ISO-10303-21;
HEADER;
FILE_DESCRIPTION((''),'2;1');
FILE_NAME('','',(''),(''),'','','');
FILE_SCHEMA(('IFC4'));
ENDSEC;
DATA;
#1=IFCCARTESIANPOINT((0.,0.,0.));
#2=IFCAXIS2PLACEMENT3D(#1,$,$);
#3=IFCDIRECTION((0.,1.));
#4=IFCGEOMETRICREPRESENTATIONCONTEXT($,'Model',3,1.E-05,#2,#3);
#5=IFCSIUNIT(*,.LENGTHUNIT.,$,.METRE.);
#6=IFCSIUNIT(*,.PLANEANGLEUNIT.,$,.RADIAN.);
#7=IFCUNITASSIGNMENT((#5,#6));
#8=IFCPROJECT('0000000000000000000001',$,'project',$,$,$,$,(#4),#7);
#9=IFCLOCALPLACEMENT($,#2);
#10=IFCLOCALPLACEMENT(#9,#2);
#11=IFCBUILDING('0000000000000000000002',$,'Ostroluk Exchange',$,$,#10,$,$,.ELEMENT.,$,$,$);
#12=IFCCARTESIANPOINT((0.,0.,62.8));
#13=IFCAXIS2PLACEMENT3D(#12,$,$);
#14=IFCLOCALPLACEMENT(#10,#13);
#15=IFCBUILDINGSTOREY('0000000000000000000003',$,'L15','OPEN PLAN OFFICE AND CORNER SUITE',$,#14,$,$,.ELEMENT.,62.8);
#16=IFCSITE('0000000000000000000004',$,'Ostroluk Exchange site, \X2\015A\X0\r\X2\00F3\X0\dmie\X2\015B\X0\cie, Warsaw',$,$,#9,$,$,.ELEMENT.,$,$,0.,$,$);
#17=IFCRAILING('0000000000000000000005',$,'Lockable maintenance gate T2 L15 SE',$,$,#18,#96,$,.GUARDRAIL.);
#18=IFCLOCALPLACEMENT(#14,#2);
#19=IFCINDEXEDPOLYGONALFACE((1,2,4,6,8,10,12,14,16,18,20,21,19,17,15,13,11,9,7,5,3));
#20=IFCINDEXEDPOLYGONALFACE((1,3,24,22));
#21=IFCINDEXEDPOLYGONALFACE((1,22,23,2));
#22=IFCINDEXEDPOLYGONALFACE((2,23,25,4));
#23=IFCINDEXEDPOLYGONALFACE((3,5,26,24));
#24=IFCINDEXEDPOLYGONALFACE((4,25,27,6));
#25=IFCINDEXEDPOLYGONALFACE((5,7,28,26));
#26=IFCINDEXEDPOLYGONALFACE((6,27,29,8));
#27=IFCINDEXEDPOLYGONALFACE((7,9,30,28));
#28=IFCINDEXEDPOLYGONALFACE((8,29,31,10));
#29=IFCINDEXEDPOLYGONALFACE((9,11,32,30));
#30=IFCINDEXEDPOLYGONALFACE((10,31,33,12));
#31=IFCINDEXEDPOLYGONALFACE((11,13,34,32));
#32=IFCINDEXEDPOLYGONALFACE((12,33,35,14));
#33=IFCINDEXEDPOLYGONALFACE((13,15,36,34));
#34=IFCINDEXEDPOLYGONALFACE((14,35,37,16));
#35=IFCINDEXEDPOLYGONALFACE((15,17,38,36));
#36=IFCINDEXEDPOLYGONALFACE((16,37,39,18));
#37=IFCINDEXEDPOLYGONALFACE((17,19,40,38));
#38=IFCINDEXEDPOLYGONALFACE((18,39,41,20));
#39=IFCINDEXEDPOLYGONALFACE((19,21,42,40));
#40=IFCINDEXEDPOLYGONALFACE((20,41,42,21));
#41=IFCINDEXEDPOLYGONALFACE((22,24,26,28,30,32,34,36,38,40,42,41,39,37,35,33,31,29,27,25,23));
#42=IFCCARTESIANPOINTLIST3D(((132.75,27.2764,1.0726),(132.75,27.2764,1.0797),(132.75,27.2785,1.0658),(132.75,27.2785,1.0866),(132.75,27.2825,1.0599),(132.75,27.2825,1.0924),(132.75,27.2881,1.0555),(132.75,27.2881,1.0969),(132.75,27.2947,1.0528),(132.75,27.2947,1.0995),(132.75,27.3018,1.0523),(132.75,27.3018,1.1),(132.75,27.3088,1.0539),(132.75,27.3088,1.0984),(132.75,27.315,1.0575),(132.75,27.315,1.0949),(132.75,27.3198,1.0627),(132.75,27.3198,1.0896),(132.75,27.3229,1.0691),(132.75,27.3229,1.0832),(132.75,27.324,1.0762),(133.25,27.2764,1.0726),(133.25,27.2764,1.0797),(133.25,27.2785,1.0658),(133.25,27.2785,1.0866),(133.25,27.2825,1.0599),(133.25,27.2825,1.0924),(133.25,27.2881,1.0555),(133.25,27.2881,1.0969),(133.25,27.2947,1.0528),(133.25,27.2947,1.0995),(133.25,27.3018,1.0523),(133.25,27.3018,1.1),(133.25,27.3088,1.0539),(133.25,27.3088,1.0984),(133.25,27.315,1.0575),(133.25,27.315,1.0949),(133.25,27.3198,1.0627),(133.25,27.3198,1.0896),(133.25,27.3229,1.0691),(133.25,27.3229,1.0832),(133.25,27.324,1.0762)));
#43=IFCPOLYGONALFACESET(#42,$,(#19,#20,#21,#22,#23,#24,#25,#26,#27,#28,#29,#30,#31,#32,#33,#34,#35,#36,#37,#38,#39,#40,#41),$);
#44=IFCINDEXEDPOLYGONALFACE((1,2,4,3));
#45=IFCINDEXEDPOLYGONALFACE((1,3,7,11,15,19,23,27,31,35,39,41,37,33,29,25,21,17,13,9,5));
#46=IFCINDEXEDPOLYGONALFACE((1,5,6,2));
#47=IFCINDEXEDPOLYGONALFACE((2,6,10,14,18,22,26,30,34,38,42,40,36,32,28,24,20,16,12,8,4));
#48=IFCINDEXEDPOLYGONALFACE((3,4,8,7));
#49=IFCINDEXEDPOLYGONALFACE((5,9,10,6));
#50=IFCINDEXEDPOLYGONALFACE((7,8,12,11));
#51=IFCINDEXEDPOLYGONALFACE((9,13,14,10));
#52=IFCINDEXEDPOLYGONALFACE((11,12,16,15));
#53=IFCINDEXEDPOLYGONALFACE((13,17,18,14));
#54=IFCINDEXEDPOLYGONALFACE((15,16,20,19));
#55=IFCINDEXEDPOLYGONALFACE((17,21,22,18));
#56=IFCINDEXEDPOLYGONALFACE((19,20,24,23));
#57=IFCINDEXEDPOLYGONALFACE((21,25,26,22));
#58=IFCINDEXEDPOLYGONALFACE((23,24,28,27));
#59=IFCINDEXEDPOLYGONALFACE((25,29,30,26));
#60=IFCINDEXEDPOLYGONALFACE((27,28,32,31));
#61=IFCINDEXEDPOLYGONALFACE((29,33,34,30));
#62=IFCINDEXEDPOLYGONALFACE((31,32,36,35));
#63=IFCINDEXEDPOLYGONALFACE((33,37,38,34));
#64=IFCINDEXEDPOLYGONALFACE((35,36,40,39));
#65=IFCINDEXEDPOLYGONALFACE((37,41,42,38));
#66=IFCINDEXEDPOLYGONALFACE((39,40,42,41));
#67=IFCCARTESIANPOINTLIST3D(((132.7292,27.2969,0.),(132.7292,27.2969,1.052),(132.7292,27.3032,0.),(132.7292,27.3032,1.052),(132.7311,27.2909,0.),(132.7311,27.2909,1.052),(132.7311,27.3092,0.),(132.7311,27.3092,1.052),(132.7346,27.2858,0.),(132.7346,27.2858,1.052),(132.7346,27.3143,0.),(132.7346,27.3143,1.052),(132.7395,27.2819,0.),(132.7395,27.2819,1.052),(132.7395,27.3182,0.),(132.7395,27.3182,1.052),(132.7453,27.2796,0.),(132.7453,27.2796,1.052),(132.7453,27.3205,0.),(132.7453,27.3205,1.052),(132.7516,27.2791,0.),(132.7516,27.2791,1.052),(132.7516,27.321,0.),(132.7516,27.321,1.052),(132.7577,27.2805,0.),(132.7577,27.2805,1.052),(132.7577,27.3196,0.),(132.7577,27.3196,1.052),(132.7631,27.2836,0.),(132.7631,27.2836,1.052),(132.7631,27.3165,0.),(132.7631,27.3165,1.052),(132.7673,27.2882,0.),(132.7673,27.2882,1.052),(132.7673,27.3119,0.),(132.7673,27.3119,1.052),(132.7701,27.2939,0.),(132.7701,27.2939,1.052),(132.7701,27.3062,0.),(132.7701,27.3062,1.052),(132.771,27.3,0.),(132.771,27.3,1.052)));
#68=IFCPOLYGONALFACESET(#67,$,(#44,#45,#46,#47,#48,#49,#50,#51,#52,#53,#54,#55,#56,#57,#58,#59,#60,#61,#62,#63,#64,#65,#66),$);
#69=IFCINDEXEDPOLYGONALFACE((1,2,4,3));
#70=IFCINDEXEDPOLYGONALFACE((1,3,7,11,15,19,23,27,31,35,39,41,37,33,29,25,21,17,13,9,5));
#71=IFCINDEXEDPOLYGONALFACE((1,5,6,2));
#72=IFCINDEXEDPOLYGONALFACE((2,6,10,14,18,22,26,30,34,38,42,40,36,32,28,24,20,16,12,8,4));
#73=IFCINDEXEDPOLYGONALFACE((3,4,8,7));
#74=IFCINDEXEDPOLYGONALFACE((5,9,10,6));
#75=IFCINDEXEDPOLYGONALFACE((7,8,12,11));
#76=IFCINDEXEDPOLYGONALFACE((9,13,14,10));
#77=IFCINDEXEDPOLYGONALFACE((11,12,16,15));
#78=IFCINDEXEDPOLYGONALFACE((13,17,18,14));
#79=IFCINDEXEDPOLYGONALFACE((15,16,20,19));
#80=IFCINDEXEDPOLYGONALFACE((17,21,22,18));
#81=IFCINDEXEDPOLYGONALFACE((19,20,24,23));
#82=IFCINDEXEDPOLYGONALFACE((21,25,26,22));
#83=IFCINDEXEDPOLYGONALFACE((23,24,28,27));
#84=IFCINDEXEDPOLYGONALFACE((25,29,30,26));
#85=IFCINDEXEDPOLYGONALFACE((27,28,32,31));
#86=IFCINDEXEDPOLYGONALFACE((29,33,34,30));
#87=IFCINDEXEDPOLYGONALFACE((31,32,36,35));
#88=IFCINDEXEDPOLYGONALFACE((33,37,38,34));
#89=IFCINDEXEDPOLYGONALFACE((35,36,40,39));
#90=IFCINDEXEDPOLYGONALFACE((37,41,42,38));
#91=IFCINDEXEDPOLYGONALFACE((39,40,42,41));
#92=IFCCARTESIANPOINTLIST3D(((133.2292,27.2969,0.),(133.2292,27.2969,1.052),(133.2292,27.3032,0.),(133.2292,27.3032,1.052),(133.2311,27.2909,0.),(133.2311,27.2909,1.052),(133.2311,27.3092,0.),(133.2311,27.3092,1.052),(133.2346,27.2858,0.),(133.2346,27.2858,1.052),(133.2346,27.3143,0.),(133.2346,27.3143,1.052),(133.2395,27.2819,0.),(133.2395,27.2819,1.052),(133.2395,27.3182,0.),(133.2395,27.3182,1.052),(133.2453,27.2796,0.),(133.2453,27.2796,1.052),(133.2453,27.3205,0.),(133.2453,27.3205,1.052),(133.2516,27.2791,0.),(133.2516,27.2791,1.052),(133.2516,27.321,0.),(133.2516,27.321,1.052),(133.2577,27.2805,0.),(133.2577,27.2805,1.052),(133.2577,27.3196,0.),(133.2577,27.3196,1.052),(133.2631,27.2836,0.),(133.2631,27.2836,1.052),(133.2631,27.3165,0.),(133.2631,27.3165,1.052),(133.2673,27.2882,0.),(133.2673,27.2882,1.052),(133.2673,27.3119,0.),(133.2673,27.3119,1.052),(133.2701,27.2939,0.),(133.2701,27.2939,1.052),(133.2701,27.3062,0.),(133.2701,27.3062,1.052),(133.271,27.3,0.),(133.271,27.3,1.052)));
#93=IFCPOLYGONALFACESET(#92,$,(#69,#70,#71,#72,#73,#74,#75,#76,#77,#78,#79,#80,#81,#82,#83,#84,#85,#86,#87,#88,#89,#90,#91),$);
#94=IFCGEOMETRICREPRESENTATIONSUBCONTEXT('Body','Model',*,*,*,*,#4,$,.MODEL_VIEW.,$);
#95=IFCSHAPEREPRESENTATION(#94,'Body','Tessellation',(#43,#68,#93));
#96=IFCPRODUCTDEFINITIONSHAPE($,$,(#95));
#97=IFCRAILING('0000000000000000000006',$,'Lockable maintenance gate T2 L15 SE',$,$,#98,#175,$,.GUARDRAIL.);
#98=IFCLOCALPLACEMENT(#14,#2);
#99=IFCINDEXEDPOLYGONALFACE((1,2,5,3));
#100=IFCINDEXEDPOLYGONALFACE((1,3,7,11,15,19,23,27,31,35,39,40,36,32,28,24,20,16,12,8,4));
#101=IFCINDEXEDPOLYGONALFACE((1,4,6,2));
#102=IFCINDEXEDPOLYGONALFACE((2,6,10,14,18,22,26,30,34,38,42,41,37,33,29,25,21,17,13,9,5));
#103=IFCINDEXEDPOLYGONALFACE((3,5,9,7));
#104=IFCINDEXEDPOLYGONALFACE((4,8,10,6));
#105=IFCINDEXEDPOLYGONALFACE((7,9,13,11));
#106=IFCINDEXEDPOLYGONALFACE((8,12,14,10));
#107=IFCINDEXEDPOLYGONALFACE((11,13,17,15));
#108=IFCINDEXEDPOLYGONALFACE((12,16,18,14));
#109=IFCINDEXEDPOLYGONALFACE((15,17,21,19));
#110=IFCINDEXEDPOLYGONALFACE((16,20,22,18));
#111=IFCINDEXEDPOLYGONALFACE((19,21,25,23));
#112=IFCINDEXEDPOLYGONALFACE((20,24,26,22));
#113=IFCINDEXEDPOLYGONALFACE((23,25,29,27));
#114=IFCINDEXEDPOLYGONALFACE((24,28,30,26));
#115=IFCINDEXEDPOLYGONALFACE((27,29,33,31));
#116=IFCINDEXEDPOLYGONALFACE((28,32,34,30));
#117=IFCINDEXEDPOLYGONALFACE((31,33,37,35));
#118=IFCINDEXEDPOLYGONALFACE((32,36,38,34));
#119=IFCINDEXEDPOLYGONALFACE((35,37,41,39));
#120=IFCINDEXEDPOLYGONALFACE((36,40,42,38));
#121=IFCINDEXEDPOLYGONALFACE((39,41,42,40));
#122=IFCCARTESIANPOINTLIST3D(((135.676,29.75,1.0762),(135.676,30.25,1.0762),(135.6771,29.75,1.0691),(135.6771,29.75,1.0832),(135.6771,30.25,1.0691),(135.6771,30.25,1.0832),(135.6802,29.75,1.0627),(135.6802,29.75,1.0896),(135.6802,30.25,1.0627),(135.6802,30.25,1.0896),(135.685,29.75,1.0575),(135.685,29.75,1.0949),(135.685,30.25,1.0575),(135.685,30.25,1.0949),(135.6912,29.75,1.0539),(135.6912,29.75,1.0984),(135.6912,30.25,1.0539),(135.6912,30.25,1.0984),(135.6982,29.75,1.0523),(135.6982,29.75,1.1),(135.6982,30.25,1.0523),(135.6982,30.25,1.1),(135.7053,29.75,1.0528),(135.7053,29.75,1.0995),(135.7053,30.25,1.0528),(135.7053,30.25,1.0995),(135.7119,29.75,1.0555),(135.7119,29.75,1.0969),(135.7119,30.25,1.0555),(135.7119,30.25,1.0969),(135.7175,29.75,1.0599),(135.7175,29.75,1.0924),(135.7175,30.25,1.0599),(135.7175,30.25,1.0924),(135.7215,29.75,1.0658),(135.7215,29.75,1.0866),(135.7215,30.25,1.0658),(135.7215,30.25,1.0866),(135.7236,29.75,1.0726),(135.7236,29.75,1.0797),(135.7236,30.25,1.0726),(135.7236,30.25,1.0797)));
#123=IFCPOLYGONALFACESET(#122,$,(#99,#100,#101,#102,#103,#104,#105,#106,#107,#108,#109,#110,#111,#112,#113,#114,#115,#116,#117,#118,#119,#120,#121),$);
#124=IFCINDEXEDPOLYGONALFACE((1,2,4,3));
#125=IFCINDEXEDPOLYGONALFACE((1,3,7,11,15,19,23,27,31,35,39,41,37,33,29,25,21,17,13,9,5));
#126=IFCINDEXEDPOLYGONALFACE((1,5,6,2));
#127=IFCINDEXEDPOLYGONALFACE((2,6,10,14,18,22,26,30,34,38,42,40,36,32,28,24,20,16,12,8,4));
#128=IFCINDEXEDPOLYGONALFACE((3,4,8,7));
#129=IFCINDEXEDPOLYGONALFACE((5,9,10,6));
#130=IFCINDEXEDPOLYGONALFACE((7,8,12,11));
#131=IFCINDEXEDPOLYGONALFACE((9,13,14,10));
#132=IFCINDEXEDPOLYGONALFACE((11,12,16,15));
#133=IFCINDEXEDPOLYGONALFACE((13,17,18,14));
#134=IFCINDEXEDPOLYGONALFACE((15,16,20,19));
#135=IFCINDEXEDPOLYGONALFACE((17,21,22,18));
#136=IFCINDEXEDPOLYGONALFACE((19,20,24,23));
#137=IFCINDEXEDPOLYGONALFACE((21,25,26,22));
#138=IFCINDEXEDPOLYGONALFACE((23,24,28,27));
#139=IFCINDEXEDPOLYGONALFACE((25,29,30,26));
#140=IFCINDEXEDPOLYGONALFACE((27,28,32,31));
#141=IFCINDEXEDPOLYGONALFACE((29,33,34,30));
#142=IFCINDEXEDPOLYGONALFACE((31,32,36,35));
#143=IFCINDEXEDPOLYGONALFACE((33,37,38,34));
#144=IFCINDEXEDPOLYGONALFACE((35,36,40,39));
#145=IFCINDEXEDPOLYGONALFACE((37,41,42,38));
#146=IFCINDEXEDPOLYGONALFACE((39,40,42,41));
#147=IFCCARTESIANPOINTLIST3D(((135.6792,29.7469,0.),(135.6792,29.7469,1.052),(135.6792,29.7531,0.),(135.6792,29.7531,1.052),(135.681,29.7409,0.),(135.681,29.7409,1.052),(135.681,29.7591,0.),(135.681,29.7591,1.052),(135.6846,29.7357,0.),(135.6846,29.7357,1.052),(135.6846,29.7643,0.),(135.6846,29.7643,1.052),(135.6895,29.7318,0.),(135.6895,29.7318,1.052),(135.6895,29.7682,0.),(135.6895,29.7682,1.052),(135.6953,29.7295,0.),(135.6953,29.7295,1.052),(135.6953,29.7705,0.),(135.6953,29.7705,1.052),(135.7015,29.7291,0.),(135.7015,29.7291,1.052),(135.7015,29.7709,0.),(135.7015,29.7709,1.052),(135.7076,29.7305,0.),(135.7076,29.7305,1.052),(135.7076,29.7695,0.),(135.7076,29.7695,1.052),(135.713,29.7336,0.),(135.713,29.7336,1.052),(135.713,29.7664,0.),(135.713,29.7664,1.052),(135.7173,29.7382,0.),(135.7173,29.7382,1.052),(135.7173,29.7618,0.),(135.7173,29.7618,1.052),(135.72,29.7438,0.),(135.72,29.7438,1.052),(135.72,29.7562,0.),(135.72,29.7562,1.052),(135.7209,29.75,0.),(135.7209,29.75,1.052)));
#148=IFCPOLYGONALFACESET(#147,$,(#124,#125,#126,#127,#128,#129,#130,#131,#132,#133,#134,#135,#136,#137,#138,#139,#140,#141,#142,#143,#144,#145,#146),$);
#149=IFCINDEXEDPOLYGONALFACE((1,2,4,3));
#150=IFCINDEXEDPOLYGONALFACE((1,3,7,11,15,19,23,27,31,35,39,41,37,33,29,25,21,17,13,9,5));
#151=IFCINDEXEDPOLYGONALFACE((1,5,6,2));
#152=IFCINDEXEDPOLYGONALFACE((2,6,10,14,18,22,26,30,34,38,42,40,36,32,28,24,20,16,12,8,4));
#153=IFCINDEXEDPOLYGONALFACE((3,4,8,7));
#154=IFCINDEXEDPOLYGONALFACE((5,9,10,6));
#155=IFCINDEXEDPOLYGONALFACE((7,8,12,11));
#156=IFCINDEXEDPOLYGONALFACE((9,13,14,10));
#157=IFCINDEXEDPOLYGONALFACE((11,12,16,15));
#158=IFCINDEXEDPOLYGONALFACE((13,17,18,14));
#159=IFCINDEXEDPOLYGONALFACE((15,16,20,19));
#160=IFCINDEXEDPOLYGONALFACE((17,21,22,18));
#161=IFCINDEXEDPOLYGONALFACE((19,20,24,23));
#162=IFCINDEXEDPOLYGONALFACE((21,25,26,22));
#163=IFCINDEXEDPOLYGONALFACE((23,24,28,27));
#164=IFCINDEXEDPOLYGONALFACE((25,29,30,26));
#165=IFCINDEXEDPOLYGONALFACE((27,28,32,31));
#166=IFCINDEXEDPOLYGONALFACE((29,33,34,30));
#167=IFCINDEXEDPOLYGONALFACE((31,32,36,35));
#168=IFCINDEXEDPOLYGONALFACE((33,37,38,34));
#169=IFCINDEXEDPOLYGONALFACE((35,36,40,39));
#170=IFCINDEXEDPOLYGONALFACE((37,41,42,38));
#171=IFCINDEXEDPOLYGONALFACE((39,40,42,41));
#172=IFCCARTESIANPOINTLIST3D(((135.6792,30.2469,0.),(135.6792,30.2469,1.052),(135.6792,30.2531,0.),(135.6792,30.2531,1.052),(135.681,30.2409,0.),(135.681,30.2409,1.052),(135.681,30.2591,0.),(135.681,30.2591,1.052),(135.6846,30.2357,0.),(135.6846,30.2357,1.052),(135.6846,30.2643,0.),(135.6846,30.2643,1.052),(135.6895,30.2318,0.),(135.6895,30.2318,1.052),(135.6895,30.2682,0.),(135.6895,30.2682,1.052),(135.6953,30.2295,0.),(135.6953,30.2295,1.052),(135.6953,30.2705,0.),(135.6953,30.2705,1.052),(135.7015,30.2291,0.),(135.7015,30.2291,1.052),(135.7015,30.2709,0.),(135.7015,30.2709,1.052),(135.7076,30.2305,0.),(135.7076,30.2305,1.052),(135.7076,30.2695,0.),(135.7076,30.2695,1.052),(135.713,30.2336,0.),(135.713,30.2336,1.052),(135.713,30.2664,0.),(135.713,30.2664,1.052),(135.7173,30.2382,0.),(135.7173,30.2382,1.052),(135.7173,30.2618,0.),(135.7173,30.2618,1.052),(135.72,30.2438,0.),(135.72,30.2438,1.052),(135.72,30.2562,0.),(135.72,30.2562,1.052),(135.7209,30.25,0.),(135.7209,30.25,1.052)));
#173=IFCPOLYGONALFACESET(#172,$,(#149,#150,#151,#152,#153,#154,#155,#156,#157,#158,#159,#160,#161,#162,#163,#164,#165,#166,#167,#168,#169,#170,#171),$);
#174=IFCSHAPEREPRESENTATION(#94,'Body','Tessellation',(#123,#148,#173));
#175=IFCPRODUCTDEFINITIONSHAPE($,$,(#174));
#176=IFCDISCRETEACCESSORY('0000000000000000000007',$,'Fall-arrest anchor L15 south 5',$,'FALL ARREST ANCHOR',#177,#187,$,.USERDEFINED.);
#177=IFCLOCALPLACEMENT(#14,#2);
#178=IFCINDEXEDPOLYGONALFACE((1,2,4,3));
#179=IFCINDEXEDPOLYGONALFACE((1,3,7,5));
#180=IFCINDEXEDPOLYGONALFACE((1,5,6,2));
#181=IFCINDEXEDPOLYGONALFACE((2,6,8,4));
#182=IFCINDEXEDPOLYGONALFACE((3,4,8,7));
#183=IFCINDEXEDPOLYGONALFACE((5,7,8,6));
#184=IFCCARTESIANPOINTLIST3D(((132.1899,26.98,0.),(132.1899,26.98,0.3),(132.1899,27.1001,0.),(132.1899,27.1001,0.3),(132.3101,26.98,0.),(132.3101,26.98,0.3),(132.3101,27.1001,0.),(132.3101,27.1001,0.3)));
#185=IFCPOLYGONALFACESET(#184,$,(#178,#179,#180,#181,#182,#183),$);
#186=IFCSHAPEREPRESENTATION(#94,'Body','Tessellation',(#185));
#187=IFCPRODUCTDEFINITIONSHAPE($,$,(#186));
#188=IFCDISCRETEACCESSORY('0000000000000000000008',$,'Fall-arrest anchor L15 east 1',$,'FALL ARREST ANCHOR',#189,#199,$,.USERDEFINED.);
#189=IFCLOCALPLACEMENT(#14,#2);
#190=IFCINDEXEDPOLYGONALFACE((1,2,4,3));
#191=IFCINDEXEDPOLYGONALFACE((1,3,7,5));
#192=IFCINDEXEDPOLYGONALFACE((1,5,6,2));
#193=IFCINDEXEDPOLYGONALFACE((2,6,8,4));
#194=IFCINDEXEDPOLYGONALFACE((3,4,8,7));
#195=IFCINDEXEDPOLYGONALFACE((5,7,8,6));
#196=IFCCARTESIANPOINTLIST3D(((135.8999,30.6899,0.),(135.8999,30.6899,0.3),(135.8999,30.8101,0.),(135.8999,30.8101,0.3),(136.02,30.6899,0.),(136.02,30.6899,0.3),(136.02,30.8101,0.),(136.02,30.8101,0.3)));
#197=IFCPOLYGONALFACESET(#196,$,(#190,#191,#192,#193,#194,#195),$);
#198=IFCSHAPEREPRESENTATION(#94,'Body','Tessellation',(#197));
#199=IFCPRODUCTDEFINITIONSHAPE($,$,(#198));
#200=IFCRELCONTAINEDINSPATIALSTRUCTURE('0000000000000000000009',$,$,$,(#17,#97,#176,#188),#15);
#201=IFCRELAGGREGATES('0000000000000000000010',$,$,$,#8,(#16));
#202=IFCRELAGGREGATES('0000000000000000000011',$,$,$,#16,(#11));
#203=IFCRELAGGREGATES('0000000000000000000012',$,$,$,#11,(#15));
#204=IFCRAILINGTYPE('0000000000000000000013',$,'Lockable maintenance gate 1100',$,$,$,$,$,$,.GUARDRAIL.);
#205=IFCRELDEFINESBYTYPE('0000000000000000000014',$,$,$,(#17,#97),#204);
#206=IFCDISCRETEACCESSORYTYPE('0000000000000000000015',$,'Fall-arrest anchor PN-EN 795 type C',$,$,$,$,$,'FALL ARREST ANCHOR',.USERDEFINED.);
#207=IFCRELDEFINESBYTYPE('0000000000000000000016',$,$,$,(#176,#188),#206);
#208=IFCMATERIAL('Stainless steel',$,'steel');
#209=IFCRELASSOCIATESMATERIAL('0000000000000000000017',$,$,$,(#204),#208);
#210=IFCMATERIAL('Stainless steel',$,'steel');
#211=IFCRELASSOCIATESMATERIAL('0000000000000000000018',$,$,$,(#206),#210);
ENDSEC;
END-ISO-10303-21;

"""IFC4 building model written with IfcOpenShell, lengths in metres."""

from ifc_helpers import new_model, si_unit, direction, frame, origin, origin_2d, place, context, subcontext, project, spatial, rectangle, circle, extrude, material, type_object, element, save


model = new_model("IFC4")

# Units and contexts
model_context = context("Model", 3, precision=1e-05, world=origin(), true_north=direction((0.0, 1.0)))
body_context = subcontext(model_context, "Body", "Model", "MODEL_VIEW")
ifc_project = project(units=[si_unit("LENGTHUNIT", "METRE"), si_unit("PLANEANGLEUNIT", "RADIAN")], contexts=[model_context])

# Site, building, storey
site_placement = place(None, origin())
site = spatial("IfcSite", under=ifc_project, at=site_placement, Name="Ostroluk Exchange site, Śródmieście, Warsaw", CompositionType="ELEMENT", RefElevation=0.0)
building_placement = place(site_placement, origin())
building = spatial("IfcBuilding", under=site, at=building_placement, Name="Ostroluk Exchange", CompositionType="ELEMENT")
storey_placement = place(building_placement, frame((0.0, 0.0, 62.8)))
storey = spatial("IfcBuildingStorey", under=building, at=storey_placement, Name="L15", Description="OPEN PLAN OFFICE AND CORNER SUITE", CompositionType="ELEMENT", Elevation=62.8)

# Railings
ifc_material_1 = material(Name="Stainless steel", Category="steel")
railing_type_1 = type_object("IfcRailingType", Name="Lockable maintenance gate 1100", PredefinedType="GUARDRAIL", material=ifc_material_1)
railing_1_placement = place(storey_placement, frame((132.75, 27.3, 0.0)))
element("IfcRailing", 1, at=railing_1_placement, inside=storey, type_object=railing_type_1, Name="Lockable maintenance gate T2 L15 SE", PredefinedType="GUARDRAIL", context=body_context, shape_type="SweptSolid", body=[
    extrude(circle(Radius=0.0239, at=origin_2d()), frame((0.0, 0.0, 1.0762), z_axis=(1.0, 0.0, 0.0), x_axis=(0.0, 1.0, 0.0)), (0.0, 0.0, 1.0), 0.5),
    extrude(circle(Radius=0.021, at=origin_2d()), origin(), (0.0, 0.0, 1.0), 1.052),
    extrude(circle(Radius=0.021, at=origin_2d()), frame((0.5, 0.0, 0.0)), (0.0, 0.0, 1.0), 1.052),
])
railing_2_placement = place(storey_placement, frame((135.7, 29.75, 0.0)))
element("IfcRailing", 2, at=railing_2_placement, inside=storey, type_object=railing_type_1, Name="Lockable maintenance gate T2 L15 SE", PredefinedType="GUARDRAIL", context=body_context, shape_type="SweptSolid", body=[
    extrude(circle(Radius=0.0239, at=origin_2d()), frame((0.0, 0.0, 1.0762), z_axis=(0.0, 1.0, 0.0), x_axis=(-1.0, 0.0, 0.0)), (0.0, 0.0, 1.0), 0.5),
    extrude(circle(Radius=0.021, at=origin_2d()), origin(), (0.0, 0.0, 1.0), 1.052),
    extrude(circle(Radius=0.021, at=origin_2d()), frame((0.0, 0.5, 0.0)), (0.0, 0.0, 1.0), 1.052),
])

# Discrete accessories
ifc_material_2 = material(Name="Stainless steel", Category="steel")
discrete_accessory_type = type_object("IfcDiscreteAccessoryType", Name="Fall-arrest anchor PN-EN 795 type C", ElementType="FALL ARREST ANCHOR", PredefinedType="USERDEFINED", material=ifc_material_2)
for number, where, z_axis, x_axis, name in (
    (3, (132.25, 27.04, 0.0), (0.0, 0.0, 1.0), (1.0, 0.0, 0.0), "Fall-arrest anchor L15 south 5"),
    (4, (135.96, 30.75, 0.0), (0.0, 0.0, 1.0), (1.0, 0.0, 0.0), "Fall-arrest anchor L15 east 1"),
):
    element("IfcDiscreteAccessory", number, at=place(storey_placement, frame(where, z_axis=z_axis, x_axis=x_axis)), inside=storey, type_object=discrete_accessory_type, Name=name, ObjectType="FALL ARREST ANCHOR", PredefinedType="USERDEFINED", context=body_context, shape_type="SweptSolid", body=[
        extrude(rectangle(XDim=0.1201, YDim=0.1201, at=origin_2d()), origin(), (0.0, 0.0, 1.0), 0.3),
    ])

save(model, "model.ifc")
